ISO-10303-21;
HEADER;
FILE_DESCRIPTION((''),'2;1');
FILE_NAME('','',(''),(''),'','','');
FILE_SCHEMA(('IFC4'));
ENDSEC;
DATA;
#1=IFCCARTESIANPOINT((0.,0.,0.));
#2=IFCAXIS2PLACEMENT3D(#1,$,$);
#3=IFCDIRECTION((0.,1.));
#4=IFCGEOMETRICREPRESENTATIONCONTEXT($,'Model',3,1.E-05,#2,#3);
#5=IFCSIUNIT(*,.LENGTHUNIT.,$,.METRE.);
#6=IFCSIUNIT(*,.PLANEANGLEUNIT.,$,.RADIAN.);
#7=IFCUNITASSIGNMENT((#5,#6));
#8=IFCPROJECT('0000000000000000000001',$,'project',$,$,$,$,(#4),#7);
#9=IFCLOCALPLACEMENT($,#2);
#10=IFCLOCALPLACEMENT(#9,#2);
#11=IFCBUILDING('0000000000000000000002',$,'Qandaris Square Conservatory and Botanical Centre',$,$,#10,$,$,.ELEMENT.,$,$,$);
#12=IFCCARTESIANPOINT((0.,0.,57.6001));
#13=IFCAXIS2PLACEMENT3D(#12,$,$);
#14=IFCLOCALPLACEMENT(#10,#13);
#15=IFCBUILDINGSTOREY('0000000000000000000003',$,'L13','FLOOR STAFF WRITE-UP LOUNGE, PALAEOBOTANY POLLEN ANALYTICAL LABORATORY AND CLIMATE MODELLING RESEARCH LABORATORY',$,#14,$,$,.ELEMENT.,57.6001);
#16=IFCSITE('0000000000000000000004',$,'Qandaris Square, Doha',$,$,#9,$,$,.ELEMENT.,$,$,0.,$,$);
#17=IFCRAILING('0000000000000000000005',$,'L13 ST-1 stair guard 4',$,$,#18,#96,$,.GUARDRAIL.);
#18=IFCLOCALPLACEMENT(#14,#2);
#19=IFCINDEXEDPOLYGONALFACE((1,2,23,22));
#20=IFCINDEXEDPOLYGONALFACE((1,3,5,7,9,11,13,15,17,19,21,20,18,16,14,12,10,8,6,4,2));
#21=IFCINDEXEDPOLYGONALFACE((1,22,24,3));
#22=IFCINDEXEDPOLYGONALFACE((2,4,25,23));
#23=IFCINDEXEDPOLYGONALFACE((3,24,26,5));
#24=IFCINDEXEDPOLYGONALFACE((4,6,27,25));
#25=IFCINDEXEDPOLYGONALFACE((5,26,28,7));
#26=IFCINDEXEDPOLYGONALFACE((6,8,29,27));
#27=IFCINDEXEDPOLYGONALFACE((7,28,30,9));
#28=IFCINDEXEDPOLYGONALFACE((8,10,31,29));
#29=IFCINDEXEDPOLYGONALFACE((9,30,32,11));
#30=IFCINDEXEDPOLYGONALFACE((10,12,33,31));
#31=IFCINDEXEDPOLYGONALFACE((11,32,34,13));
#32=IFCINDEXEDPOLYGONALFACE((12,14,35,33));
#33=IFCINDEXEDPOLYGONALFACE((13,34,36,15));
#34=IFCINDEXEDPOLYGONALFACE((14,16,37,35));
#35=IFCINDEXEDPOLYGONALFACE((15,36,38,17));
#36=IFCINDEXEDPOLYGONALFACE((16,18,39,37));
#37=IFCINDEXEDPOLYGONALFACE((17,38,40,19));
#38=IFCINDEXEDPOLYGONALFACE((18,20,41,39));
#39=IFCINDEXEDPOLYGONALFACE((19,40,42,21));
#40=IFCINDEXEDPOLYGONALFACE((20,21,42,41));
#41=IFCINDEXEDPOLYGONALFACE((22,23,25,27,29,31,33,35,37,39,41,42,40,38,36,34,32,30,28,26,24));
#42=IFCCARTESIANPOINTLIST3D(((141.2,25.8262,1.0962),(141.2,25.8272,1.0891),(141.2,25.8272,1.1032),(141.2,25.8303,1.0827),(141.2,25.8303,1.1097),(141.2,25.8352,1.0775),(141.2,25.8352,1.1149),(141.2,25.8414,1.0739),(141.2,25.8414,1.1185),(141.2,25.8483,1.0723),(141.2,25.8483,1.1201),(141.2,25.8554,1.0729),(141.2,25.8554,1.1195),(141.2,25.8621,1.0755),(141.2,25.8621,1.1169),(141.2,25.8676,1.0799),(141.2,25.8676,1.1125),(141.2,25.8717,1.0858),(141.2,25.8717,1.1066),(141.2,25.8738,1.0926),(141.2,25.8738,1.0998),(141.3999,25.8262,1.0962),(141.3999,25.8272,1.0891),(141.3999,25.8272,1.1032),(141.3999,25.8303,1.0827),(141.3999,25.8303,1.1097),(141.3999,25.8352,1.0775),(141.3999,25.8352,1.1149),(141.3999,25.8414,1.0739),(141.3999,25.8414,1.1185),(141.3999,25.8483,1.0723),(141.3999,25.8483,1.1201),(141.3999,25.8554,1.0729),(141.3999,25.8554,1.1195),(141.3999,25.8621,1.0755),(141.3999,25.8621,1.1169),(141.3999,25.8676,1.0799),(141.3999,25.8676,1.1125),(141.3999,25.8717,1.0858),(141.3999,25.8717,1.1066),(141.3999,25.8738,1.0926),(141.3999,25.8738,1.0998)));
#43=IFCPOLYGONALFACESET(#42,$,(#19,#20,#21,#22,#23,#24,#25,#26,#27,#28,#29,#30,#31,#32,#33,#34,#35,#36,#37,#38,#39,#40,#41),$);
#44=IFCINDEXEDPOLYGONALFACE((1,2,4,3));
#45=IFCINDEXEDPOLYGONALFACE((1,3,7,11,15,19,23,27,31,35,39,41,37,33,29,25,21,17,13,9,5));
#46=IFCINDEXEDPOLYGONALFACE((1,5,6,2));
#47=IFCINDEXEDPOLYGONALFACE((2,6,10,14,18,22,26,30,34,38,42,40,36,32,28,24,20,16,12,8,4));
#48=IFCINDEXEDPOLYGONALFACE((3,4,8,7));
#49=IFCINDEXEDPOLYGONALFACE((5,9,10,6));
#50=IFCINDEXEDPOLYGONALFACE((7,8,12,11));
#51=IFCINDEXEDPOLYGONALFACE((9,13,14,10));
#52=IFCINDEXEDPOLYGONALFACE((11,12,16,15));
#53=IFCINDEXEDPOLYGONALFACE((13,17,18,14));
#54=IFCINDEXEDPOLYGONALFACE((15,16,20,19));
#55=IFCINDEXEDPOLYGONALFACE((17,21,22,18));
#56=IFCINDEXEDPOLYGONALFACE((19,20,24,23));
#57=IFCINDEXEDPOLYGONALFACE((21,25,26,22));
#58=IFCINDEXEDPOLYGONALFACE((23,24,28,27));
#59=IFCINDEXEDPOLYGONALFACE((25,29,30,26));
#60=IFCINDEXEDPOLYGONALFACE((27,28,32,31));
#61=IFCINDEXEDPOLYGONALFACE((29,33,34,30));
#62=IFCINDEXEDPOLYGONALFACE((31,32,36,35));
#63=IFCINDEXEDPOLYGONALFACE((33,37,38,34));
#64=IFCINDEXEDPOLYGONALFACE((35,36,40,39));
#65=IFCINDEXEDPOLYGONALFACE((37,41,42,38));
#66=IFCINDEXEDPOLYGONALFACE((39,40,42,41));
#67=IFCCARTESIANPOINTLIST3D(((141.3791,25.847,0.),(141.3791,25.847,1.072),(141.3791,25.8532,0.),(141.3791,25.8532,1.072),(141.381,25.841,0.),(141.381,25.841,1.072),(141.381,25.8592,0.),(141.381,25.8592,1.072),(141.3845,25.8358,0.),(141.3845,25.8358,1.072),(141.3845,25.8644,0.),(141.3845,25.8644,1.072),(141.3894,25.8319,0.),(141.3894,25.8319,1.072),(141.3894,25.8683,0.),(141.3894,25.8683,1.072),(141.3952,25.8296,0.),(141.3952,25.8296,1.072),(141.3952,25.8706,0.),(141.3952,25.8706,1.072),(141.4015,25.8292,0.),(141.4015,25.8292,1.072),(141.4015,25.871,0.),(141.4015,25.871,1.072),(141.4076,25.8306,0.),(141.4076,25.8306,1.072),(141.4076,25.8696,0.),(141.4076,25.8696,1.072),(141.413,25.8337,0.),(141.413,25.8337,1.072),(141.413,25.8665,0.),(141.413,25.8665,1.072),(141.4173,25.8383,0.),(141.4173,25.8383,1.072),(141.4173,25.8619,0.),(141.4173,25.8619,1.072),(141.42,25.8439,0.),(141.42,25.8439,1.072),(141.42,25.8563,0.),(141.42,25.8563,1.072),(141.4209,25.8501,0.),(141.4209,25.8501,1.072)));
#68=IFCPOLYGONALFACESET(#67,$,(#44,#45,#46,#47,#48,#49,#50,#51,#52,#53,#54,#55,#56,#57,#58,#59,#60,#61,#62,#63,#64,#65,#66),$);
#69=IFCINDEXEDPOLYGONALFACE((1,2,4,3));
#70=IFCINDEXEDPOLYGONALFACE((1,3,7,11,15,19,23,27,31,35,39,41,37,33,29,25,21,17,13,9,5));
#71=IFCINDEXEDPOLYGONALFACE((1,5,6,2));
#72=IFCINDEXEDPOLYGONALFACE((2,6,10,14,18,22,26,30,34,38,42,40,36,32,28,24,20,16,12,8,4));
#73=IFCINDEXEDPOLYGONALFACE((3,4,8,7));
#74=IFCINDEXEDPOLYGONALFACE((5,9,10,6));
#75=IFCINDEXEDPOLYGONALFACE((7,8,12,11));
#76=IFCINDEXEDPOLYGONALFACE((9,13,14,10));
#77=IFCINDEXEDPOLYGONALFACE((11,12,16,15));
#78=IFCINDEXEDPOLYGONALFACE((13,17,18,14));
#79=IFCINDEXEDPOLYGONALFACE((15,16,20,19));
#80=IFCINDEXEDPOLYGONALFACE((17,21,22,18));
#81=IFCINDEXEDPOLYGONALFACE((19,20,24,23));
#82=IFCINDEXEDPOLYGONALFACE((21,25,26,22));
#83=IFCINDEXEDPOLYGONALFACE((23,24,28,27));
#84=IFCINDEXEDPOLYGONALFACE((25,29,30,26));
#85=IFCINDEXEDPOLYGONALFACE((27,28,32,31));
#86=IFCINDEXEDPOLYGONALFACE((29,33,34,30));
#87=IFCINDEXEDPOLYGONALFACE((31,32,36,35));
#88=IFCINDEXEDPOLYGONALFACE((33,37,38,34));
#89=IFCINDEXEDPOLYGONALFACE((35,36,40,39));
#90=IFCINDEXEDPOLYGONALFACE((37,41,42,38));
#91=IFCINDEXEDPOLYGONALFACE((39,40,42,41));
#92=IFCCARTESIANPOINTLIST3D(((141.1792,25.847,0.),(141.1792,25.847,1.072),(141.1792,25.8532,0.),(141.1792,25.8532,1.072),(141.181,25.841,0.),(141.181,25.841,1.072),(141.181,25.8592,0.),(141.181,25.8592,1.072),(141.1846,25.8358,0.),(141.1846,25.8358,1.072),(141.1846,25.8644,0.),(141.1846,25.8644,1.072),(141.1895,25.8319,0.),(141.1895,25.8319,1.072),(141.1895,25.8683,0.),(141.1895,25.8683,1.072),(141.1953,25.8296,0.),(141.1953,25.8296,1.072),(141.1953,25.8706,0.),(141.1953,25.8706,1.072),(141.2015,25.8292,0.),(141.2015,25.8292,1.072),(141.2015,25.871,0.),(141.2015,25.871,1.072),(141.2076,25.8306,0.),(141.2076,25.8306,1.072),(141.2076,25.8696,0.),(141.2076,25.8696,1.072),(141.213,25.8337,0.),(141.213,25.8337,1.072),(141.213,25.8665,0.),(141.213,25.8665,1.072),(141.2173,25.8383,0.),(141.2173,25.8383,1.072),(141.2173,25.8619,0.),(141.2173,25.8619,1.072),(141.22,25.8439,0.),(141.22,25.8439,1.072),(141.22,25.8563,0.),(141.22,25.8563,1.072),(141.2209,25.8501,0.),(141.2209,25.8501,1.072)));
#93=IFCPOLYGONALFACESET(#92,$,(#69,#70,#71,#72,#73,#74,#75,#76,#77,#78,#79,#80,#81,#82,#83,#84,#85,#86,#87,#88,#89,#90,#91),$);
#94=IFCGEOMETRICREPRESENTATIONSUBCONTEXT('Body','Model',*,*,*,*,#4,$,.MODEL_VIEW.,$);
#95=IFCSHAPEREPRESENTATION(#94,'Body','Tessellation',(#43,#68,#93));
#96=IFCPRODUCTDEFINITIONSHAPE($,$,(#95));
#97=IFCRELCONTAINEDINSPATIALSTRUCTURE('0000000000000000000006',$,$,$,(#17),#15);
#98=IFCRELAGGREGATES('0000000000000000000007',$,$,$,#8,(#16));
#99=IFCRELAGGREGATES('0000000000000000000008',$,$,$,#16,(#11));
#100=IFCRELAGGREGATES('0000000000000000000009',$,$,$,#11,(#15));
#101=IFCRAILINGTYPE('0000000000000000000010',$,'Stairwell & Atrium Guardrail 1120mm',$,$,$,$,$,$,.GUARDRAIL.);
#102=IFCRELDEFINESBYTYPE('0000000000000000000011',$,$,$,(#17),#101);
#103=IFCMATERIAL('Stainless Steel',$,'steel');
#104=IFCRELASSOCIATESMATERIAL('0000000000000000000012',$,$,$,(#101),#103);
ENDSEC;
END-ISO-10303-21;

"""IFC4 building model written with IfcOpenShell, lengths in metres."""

from ifc_helpers import new_model, si_unit, direction, frame, origin, origin_2d, place, context, subcontext, project, spatial, circle, extrude, material, type_object, element, save


model = new_model("IFC4")

# Units and contexts
model_context = context("Model", 3, precision=1e-05, world=origin(), true_north=direction((0.0, 1.0)))
body_context = subcontext(model_context, "Body", "Model", "MODEL_VIEW")
ifc_project = project(units=[si_unit("LENGTHUNIT", "METRE"), si_unit("PLANEANGLEUNIT", "RADIAN")], contexts=[model_context])

# Site, building, storey
site_placement = place(None, origin())
site = spatial("IfcSite", under=ifc_project, at=site_placement, Name="Qandaris Square, Doha", CompositionType="ELEMENT", RefElevation=0.0)
building_placement = place(site_placement, origin())
building = spatial("IfcBuilding", under=site, at=building_placement, Name="Qandaris Square Conservatory and Botanical Centre", CompositionType="ELEMENT")
storey_placement = place(building_placement, frame((0.0, 0.0, 57.6001)))
storey = spatial("IfcBuildingStorey", under=building, at=storey_placement, Name="L13", Description="FLOOR STAFF WRITE-UP LOUNGE, PALAEOBOTANY POLLEN ANALYTICAL LABORATORY AND CLIMATE MODELLING RESEARCH LABORATORY", CompositionType="ELEMENT", Elevation=57.6001)

# Railing
ifc_material_1 = material(Name="Stainless Steel", Category="steel")
railing_type_1 = type_object("IfcRailingType", Name="Stairwell & Atrium Guardrail 1120mm", PredefinedType="GUARDRAIL", material=ifc_material_1)
railing_1_placement = place(storey_placement, frame((141.3999, 25.8501, 0.0)))
element("IfcRailing", 1, at=railing_1_placement, inside=storey, type_object=railing_type_1, Name="L13 ST-1 stair guard 4", PredefinedType="GUARDRAIL", context=body_context, shape_type="SweptSolid", body=[
    extrude(circle(Radius=0.0239, at=origin_2d()), frame((0.0, 0.0, 1.0962), z_axis=(-1.0, 0.0, 0.0), x_axis=(0.0, -1.0, 0.0)), (0.0, 0.0, 1.0), 0.2),
    extrude(circle(Radius=0.021, at=origin_2d()), origin(), (0.0, 0.0, 1.0), 1.072),
    extrude(circle(Radius=0.021, at=origin_2d()), frame((-0.2, 0.0, 0.0)), (0.0, 0.0, 1.0), 1.072),
])

save(model, "model.ifc")
